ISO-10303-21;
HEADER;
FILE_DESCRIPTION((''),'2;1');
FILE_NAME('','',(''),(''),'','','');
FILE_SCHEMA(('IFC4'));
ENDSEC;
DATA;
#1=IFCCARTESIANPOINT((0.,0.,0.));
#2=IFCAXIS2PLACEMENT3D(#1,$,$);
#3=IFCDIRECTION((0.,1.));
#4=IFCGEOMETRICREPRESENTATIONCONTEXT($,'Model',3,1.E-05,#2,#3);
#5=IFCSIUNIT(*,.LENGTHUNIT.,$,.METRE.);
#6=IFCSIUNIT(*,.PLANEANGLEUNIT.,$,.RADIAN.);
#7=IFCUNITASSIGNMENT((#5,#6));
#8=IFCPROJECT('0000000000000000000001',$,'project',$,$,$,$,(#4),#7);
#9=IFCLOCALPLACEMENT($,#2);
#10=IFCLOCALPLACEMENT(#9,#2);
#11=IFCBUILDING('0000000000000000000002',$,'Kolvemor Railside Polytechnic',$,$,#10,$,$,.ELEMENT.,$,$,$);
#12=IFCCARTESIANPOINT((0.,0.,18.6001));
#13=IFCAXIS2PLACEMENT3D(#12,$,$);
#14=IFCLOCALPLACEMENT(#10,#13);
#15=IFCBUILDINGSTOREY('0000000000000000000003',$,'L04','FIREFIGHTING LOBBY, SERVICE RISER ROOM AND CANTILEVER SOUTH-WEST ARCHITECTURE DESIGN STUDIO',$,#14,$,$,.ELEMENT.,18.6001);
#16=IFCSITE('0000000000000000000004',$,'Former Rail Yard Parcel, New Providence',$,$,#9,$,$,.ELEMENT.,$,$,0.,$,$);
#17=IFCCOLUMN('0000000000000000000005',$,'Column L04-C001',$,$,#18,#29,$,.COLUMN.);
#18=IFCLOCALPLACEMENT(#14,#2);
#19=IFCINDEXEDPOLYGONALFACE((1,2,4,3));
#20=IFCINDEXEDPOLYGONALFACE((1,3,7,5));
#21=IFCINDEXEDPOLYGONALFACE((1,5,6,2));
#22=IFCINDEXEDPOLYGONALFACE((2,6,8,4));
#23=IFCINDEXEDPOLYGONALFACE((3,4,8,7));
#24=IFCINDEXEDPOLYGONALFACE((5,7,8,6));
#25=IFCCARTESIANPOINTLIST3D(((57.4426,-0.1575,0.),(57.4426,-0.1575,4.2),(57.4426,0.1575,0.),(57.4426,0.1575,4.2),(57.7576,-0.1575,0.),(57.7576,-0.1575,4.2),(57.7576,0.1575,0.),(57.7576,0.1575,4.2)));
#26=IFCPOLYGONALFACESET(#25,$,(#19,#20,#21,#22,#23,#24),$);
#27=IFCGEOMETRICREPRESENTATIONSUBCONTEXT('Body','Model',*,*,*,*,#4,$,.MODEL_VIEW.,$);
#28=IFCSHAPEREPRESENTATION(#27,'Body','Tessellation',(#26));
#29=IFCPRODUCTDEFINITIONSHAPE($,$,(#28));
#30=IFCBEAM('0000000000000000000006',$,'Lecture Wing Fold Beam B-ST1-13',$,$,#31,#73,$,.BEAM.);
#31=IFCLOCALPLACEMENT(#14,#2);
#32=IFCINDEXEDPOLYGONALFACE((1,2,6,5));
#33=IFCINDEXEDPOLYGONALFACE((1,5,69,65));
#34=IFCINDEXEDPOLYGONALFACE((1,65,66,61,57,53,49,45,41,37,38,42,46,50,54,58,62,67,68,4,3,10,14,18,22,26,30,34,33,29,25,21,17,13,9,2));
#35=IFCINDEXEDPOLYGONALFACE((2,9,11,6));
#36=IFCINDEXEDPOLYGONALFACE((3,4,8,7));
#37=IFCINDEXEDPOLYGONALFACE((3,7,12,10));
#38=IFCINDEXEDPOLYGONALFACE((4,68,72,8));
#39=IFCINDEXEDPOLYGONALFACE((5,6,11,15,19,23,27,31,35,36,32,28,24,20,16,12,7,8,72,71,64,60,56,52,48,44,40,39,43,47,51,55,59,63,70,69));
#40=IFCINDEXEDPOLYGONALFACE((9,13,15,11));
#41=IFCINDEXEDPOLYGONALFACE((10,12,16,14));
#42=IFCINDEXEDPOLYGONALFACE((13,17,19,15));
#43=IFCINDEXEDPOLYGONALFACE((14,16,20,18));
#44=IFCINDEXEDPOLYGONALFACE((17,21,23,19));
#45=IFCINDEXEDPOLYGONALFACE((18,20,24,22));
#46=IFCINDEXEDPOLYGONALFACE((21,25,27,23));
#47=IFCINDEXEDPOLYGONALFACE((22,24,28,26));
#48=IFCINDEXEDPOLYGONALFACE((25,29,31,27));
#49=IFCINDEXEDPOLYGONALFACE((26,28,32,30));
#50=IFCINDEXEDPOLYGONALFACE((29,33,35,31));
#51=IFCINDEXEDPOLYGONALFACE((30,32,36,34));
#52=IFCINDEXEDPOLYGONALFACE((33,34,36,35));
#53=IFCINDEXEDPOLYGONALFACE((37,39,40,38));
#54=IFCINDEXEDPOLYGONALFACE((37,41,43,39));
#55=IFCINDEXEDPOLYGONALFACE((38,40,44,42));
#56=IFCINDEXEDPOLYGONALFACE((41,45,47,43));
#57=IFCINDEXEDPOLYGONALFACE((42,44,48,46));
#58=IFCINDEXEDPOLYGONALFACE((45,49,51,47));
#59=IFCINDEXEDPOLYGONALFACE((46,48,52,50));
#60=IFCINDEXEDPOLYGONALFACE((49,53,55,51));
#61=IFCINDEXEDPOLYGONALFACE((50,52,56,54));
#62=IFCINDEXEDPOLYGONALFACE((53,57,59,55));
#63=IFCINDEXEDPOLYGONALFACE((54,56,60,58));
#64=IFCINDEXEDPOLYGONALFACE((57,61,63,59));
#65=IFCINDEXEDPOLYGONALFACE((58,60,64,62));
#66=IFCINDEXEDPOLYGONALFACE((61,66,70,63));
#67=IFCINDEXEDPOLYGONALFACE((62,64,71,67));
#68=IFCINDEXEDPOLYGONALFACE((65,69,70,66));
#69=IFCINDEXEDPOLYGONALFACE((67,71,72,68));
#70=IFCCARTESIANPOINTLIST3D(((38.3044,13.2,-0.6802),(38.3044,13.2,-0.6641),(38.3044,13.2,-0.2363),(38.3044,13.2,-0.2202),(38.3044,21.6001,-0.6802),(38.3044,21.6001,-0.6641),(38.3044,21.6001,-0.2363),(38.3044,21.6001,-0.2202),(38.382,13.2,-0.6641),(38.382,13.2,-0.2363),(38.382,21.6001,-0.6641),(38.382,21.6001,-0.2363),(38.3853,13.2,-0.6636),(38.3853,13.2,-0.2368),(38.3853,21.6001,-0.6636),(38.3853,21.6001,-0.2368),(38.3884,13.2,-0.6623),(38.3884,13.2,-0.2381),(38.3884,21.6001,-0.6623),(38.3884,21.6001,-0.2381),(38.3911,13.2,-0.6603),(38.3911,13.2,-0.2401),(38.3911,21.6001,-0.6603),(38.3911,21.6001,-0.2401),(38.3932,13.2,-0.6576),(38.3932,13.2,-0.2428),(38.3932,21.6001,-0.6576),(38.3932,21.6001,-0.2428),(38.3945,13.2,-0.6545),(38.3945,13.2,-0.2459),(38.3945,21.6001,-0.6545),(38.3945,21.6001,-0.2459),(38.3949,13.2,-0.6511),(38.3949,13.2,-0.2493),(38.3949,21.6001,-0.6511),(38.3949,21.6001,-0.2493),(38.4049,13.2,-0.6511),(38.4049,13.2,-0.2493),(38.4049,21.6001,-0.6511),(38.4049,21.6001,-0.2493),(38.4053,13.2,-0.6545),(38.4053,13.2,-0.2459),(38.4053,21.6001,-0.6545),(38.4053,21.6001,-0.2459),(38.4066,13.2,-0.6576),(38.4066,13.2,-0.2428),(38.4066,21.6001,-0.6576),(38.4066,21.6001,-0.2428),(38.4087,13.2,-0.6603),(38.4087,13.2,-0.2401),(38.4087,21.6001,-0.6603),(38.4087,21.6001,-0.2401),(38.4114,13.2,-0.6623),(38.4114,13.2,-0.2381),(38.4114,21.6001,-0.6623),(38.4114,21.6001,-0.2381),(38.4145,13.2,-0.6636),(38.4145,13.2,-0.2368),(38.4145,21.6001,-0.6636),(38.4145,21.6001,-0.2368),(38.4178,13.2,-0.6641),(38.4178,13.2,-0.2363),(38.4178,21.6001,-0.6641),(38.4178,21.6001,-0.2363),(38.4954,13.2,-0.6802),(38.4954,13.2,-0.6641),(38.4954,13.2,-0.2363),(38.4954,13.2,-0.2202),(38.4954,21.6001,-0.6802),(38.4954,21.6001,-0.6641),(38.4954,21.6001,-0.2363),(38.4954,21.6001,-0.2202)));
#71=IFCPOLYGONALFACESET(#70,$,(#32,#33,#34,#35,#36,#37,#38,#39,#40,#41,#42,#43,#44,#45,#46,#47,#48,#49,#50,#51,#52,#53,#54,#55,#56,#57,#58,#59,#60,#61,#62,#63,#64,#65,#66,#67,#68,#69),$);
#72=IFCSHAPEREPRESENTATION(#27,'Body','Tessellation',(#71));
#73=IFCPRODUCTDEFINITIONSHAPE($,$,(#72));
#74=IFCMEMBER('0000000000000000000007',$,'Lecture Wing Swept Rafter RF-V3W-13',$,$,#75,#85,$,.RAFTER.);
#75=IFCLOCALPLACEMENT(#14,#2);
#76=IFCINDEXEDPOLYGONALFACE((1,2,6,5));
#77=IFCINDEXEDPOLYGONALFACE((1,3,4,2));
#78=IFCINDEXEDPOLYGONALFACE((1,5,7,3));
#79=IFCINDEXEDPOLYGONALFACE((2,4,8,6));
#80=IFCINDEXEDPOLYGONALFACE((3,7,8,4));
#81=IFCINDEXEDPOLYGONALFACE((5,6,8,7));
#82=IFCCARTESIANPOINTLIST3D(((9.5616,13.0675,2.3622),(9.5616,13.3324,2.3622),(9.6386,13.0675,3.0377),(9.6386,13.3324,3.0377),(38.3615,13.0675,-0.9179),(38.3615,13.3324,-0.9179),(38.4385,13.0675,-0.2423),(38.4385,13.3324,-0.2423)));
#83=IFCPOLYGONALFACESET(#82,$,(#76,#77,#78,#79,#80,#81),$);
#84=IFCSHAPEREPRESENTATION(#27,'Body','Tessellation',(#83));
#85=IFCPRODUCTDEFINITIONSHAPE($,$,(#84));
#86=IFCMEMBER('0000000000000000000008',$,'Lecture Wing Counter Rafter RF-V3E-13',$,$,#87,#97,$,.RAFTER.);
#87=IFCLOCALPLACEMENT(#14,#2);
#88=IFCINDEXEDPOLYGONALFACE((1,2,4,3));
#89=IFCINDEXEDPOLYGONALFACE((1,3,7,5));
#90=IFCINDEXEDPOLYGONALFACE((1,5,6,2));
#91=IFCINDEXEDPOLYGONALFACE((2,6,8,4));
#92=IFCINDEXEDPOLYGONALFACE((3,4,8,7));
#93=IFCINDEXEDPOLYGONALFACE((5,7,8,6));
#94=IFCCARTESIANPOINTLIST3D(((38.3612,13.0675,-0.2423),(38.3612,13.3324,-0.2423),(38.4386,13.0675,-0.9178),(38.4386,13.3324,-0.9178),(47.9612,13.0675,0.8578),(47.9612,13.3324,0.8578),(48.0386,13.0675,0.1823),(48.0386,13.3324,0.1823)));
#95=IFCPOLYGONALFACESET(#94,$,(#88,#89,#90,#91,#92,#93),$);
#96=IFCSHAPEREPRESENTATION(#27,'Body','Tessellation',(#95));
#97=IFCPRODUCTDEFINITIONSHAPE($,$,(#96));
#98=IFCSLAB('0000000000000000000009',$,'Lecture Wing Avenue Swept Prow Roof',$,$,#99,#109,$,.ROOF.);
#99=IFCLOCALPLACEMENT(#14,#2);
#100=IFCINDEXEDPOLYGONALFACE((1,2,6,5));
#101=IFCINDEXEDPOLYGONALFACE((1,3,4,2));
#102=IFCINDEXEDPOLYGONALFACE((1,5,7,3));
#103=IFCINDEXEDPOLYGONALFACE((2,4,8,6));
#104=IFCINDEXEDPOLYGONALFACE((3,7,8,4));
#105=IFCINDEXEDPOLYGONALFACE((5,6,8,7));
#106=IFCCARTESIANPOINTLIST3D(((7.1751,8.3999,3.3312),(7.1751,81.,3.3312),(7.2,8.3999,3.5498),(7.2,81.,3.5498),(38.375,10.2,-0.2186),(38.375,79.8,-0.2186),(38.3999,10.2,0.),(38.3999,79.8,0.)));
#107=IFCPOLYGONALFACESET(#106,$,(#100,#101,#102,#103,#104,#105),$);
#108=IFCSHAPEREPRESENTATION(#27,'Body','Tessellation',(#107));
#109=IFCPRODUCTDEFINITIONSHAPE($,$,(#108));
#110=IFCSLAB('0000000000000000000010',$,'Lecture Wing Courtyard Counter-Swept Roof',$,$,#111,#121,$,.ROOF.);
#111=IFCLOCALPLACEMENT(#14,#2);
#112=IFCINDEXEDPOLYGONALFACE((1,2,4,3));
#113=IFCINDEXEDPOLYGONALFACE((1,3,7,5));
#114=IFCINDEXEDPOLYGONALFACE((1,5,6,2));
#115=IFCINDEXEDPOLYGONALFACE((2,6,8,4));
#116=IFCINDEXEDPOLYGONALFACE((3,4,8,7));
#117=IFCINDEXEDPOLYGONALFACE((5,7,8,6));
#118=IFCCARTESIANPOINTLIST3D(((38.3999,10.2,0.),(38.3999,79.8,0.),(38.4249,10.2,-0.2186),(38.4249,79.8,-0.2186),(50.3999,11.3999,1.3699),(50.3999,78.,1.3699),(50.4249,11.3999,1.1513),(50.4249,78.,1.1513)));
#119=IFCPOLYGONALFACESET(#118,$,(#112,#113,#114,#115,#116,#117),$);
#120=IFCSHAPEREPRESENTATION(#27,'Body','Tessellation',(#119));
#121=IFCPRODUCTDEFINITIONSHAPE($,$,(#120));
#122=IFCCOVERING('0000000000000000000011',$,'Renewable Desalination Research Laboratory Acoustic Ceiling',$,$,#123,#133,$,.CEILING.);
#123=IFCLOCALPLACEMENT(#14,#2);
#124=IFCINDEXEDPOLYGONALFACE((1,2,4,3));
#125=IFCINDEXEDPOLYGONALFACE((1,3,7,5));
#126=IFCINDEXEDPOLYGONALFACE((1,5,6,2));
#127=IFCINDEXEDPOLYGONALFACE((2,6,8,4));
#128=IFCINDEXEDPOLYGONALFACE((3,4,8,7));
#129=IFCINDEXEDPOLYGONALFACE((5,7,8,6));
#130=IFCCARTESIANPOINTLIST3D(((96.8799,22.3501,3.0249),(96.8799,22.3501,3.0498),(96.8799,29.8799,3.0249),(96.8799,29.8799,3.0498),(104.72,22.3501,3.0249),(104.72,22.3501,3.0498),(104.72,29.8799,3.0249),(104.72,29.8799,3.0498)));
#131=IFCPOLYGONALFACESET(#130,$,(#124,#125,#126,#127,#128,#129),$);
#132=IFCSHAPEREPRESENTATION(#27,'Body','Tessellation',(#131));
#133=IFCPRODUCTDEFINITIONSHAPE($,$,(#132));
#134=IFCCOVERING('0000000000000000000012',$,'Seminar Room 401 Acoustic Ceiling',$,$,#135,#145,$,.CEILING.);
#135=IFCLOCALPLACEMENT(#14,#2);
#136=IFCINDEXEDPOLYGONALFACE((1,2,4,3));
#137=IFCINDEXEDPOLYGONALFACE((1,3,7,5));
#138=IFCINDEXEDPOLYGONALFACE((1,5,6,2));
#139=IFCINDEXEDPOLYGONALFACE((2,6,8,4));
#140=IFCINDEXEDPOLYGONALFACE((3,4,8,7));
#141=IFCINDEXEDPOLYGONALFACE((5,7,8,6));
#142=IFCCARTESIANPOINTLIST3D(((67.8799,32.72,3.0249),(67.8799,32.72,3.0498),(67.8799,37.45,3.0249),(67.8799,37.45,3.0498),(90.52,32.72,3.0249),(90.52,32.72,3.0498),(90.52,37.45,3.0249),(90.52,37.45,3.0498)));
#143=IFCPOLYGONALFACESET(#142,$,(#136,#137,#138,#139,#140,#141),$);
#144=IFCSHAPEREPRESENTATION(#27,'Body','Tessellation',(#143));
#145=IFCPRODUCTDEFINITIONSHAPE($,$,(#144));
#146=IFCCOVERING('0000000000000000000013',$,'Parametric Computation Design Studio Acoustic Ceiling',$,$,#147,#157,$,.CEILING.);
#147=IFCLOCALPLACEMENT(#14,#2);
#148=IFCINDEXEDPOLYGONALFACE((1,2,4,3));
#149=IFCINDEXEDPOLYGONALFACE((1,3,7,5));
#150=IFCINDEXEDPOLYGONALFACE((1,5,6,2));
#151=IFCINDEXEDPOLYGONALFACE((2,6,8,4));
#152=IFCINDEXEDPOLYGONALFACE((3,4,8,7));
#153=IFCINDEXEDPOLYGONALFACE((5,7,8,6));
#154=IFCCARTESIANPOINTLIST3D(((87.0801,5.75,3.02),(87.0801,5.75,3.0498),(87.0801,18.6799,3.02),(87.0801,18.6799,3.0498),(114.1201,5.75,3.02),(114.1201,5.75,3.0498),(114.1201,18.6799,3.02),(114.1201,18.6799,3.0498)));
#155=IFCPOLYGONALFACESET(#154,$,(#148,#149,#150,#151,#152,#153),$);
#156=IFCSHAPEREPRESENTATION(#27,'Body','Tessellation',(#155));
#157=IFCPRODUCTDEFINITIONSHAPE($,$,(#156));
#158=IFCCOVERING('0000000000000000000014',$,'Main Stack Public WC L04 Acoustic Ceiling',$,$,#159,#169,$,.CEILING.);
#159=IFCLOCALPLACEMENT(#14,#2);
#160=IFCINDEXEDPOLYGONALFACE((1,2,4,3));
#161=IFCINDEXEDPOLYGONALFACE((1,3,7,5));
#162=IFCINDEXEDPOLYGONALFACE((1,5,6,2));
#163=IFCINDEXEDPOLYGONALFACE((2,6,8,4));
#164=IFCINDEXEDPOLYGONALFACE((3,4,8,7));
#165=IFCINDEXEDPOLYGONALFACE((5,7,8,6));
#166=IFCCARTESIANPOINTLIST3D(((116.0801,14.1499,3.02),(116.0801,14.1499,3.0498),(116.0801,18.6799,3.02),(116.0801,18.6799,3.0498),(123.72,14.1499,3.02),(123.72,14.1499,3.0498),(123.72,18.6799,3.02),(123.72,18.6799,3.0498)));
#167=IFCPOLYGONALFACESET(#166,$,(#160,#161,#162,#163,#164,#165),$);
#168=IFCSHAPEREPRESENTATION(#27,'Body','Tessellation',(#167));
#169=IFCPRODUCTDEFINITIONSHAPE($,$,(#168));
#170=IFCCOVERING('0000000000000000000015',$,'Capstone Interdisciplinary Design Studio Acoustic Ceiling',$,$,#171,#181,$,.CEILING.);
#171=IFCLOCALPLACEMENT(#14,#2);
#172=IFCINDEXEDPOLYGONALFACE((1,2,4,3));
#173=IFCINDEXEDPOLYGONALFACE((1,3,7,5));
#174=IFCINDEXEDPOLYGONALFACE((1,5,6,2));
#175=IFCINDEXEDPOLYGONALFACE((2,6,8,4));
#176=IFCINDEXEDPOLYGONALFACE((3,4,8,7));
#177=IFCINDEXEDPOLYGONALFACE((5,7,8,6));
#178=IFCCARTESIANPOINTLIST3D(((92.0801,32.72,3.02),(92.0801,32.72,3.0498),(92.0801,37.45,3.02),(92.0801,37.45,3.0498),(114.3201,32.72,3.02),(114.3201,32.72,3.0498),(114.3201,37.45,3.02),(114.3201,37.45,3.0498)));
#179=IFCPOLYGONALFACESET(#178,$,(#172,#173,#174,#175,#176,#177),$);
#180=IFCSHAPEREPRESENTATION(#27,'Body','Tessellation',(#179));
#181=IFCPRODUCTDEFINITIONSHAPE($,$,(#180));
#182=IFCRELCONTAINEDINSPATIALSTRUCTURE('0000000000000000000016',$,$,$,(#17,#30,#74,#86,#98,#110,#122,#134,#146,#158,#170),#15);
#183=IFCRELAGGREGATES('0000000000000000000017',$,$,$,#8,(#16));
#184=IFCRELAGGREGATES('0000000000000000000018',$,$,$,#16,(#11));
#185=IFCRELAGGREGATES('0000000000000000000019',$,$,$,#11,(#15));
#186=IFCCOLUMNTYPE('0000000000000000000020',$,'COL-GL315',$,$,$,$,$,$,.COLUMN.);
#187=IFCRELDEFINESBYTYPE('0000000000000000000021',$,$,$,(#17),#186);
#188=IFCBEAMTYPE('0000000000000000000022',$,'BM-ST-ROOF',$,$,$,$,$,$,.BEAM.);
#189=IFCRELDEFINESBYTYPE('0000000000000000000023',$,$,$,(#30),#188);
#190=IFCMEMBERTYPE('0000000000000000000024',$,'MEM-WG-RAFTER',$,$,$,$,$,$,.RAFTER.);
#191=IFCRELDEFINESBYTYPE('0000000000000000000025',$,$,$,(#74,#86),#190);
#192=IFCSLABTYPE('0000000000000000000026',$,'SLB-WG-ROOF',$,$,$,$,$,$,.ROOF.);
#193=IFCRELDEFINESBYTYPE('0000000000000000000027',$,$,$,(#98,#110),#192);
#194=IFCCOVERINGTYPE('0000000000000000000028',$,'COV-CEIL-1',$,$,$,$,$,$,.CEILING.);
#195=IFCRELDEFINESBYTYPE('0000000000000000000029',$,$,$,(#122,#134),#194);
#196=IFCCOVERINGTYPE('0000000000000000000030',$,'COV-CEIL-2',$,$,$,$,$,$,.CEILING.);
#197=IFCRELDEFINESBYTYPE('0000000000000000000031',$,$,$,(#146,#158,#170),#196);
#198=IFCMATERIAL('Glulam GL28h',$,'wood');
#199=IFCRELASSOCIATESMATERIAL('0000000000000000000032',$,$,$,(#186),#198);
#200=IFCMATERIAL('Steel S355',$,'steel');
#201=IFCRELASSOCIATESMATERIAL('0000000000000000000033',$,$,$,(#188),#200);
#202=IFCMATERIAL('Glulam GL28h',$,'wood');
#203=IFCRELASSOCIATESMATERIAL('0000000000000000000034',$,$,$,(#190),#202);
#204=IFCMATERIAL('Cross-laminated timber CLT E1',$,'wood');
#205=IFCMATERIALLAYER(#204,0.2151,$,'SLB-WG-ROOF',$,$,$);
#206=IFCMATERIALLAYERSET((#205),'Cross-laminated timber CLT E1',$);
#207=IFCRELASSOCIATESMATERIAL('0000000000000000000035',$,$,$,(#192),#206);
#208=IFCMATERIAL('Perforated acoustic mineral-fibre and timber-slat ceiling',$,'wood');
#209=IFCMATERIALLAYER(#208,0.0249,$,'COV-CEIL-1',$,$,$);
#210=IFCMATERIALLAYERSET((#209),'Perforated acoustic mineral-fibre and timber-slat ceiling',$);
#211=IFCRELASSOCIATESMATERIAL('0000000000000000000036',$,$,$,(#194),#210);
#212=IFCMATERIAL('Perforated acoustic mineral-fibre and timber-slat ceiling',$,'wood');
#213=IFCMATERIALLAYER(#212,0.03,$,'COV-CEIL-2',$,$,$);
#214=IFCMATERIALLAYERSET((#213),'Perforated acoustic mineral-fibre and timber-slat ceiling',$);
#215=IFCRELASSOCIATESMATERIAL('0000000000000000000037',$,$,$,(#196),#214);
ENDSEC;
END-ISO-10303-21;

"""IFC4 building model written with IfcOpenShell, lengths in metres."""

from ifc_helpers import new_model, si_unit, direction, frame, origin, origin_2d, place, context, subcontext, project, spatial, polyline, rectangle, i_section, outline, extrude, material, layer, layer_set, material_profile, profile_set, type_object, element, save


model = new_model("IFC4")

# Units and contexts
model_context = context("Model", 3, precision=1e-05, world=origin(), true_north=direction((0.0, 1.0)))
body_context = subcontext(model_context, "Body", "Model", "MODEL_VIEW")
ifc_project = project(units=[si_unit("LENGTHUNIT", "METRE"), si_unit("PLANEANGLEUNIT", "RADIAN")], contexts=[model_context])

# Site, building, storey
site_placement = place(None, origin())
site = spatial("IfcSite", under=ifc_project, at=site_placement, Name="Former Rail Yard Parcel, New Providence", CompositionType="ELEMENT", RefElevation=0.0)
building_placement = place(site_placement, origin())
building = spatial("IfcBuilding", under=site, at=building_placement, Name="Kolvemor Railside Polytechnic", CompositionType="ELEMENT")
storey_placement = place(building_placement, frame((0.0, 0.0, 18.6001)))
storey = spatial("IfcBuildingStorey", under=building, at=storey_placement, Name="L04", Description="FIREFIGHTING LOBBY, SERVICE RISER ROOM AND CANTILEVER SOUTH-WEST ARCHITECTURE DESIGN STUDIO", CompositionType="ELEMENT", Elevation=18.6001)

# Column
ifc_material_1 = material(Name="Glulam GL28h", Category="wood")
ifc_material_profile_1 = material_profile(ifc_material_1, rectangle(XDim=0.3149, YDim=0.3149, at=origin_2d()), Name="GL315x315")
ifc_profile_set_1 = profile_set([ifc_material_profile_1], Name="Glulam GL28h")
column_type = type_object("IfcColumnType", Name="COL-GL315", PredefinedType="COLUMN", material=ifc_profile_set_1)
column_placement = place(storey_placement, frame((57.6001, 0.0, 0.0), z_axis=(0.0, 0.0, 1.0), x_axis=(1.0, 0.0, 0.0)))
element("IfcColumn", 1, at=column_placement, inside=storey, type_object=column_type, Name="Column L04-C001", PredefinedType="COLUMN", context=body_context, shape_type="SweptSolid", body=[
    extrude(rectangle(XDim=0.3149, YDim=0.3149, at=origin_2d()), origin(), (0.0, 0.0, 1.0), 4.2),
])

# Beam
ifc_material_2 = material(Name="Steel S355", Category="steel")
ifc_material_profile_2 = material_profile(ifc_material_2, i_section(OverallWidth=0.1909, OverallDepth=0.46, WebThickness=0.01, FlangeThickness=0.0161, FilletRadius=0.0129, at=origin_2d()), Name="W460x82")
ifc_profile_set_2 = profile_set([ifc_material_profile_2], Name="Steel S355")
beam_type = type_object("IfcBeamType", Name="BM-ST-ROOF", PredefinedType="BEAM", material=ifc_profile_set_2)
beam_placement = place(storey_placement, frame((38.3999, 13.2, -0.4502), z_axis=(0.0, 1.0, 0.0), x_axis=(-1.0, 0.0, 0.0)))
element("IfcBeam", 2, at=beam_placement, inside=storey, type_object=beam_type, Name="Lecture Wing Fold Beam B-ST1-13", PredefinedType="BEAM", context=body_context, shape_type="SweptSolid", body=[
    extrude(i_section(OverallWidth=0.1909, OverallDepth=0.46, WebThickness=0.01, FlangeThickness=0.0161, FilletRadius=0.0129, at=origin_2d()), origin(), (0.0, 0.0, 1.0), 8.4001),
])

# Members
ifc_material_3 = material(Name="Glulam GL28h", Category="wood")
ifc_material_profile_3 = material_profile(ifc_material_3, rectangle(XDim=0.2649, YDim=0.6799, at=origin_2d()), Name="GL265x680")
ifc_profile_set_3 = profile_set([ifc_material_profile_3], Name="Glulam GL28h")
member_type = type_object("IfcMemberType", Name="MEM-WG-RAFTER", PredefinedType="RAFTER", material=ifc_profile_set_3)
member_1_placement = place(storey_placement, frame((9.6001, 13.2, 2.7), z_axis=(0.993577, 0.0, -0.113159), x_axis=(0.0, 1.0, 0.0)))
element("IfcMember", 3, at=member_1_placement, inside=storey, type_object=member_type, Name="Lecture Wing Swept Rafter RF-V3W-13", PredefinedType="RAFTER", context=body_context, shape_type="SweptSolid", body=[
    extrude(rectangle(XDim=0.2649, YDim=0.6799, at=origin_2d()), origin(), (0.0, 0.0, 1.0), 28.9861),
])
member_2_placement = place(storey_placement, frame((38.3999, 13.2, -0.5801), z_axis=(0.993498, 0.0, 0.113847), x_axis=(0.0, 1.0, 0.0)))
element("IfcMember", 4, at=member_2_placement, inside=storey, type_object=member_type, Name="Lecture Wing Counter Rafter RF-V3E-13", PredefinedType="RAFTER", context=body_context, shape_type="SweptSolid", body=[
    extrude(rectangle(XDim=0.2649, YDim=0.6799, at=origin_2d()), origin(), (0.0, 0.0, 1.0), 9.6628),
])

# Slabs
ifc_material_4 = material(Name="Cross-laminated timber CLT E1", Category="wood")
ifc_layer_1 = layer(ifc_material_4, 0.2151, Name="SLB-WG-ROOF")
ifc_layer_set_1 = layer_set([ifc_layer_1], Name="Cross-laminated timber CLT E1")
slab_type = type_object("IfcSlabType", Name="SLB-WG-ROOF", PredefinedType="ROOF", material=ifc_layer_set_1)
slab_1_placement = place(storey_placement, frame((7.2, 8.3999, 3.5498), z_axis=(0.113047, 0.0, 0.99359), x_axis=(0.991961, 0.05723, -0.112861)))
element("IfcSlab", 5, at=slab_1_placement, inside=storey, type_object=slab_type, Name="Lecture Wing Avenue Swept Prow Roof", PredefinedType="ROOF", context=body_context, shape_type="SweptSolid", body=[
    extrude(outline(polyline([(0.0, 0.0), (31.4528, 0.0), (35.436, 69.486), (4.1549, 72.4811), (0.0, 0.0)])), origin(), (0.0, 0.0, -1.0), 0.22),
])
slab_2_placement = place(storey_placement, frame((38.3999, 10.2, 0.0), z_axis=(-0.113419, 0.0, 0.993547), x_axis=(0.98868, 0.098864, 0.112864)))
element("IfcSlab", 6, at=slab_2_placement, inside=storey, type_object=slab_type, Name="Lecture Wing Courtyard Counter-Swept Roof", PredefinedType="ROOF", context=body_context, shape_type="SweptSolid", body=[
    extrude(outline(polyline([(0.0, 0.0), (12.1374, 0.0), (18.7217, 66.2738), (6.8809, 69.2591), (0.0, 0.0)])), origin(), (0.0, 0.0, -1.0), 0.22),
])

# Coverings
ifc_material_5 = material(Name="Perforated acoustic mineral-fibre and timber-slat ceiling", Category="wood")
ifc_layer_2 = layer(ifc_material_5, 0.0249, Name="COV-CEIL-1")
ifc_layer_set_2 = layer_set([ifc_layer_2], Name="Perforated acoustic mineral-fibre and timber-slat ceiling")
covering_type_1 = type_object("IfcCoveringType", Name="COV-CEIL-1", PredefinedType="CEILING", material=ifc_layer_set_2)
covering_1_placement = place(storey_placement, frame((0.0, 0.0, 3.0249)))
element("IfcCovering", 7, at=covering_1_placement, inside=storey, type_object=covering_type_1, Name="Renewable Desalination Research Laboratory Acoustic Ceiling", PredefinedType="CEILING", context=body_context, shape_type="SweptSolid", body=[
    extrude(outline(polyline([(96.8799, 22.3501), (104.72, 22.3501), (104.72, 29.8799), (96.8799, 29.8799), (96.8799, 22.3501)])), origin(), (0.0, 0.0, 1.0), 0.0249),
])
covering_2_placement = place(storey_placement, frame((0.0, 0.0, 3.0249)))
element("IfcCovering", 8, at=covering_2_placement, inside=storey, type_object=covering_type_1, Name="Seminar Room 401 Acoustic Ceiling", PredefinedType="CEILING", context=body_context, shape_type="SweptSolid", body=[
    extrude(outline(polyline([(67.8799, 32.72), (90.52, 32.72), (90.52, 37.45), (67.8799, 37.45), (67.8799, 32.72)])), origin(), (0.0, 0.0, 1.0), 0.0249),
])
ifc_material_6 = material(Name="Perforated acoustic mineral-fibre and timber-slat ceiling", Category="wood")
ifc_layer_3 = layer(ifc_material_6, 0.03, Name="COV-CEIL-2")
ifc_layer_set_3 = layer_set([ifc_layer_3], Name="Perforated acoustic mineral-fibre and timber-slat ceiling")
covering_type_2 = type_object("IfcCoveringType", Name="COV-CEIL-2", PredefinedType="CEILING", material=ifc_layer_set_3)
covering_3_placement = place(storey_placement, frame((0.0, 0.0, 3.02)))
element("IfcCovering", 9, at=covering_3_placement, inside=storey, type_object=covering_type_2, Name="Parametric Computation Design Studio Acoustic Ceiling", PredefinedType="CEILING", context=body_context, shape_type="SweptSolid", body=[
    extrude(outline(polyline([(87.0801, 5.75), (114.1201, 5.75), (114.1201, 18.6799), (87.0801, 18.6799), (87.0801, 5.75)])), origin(), (0.0, 0.0, 1.0), 0.0298),
])
covering_4_placement = place(storey_placement, frame((0.0, 0.0, 3.02)))
element("IfcCovering", 10, at=covering_4_placement, inside=storey, type_object=covering_type_2, Name="Main Stack Public WC L04 Acoustic Ceiling", PredefinedType="CEILING", context=body_context, shape_type="SweptSolid", body=[
    extrude(outline(polyline([(116.0801, 14.1499), (123.72, 14.1499), (123.72, 18.6799), (116.0801, 18.6799), (116.0801, 14.1499)])), origin(), (0.0, 0.0, 1.0), 0.0298),
])
covering_5_placement = place(storey_placement, frame((0.0, 0.0, 3.02)))
element("IfcCovering", 11, at=covering_5_placement, inside=storey, type_object=covering_type_2, Name="Capstone Interdisciplinary Design Studio Acoustic Ceiling", PredefinedType="CEILING", context=body_context, shape_type="SweptSolid", body=[
    extrude(outline(polyline([(92.0801, 32.72), (114.3201, 32.72), (114.3201, 37.45), (92.0801, 37.45), (92.0801, 32.72)])), origin(), (0.0, 0.0, 1.0), 0.0298),
])

save(model, "model.ifc")
